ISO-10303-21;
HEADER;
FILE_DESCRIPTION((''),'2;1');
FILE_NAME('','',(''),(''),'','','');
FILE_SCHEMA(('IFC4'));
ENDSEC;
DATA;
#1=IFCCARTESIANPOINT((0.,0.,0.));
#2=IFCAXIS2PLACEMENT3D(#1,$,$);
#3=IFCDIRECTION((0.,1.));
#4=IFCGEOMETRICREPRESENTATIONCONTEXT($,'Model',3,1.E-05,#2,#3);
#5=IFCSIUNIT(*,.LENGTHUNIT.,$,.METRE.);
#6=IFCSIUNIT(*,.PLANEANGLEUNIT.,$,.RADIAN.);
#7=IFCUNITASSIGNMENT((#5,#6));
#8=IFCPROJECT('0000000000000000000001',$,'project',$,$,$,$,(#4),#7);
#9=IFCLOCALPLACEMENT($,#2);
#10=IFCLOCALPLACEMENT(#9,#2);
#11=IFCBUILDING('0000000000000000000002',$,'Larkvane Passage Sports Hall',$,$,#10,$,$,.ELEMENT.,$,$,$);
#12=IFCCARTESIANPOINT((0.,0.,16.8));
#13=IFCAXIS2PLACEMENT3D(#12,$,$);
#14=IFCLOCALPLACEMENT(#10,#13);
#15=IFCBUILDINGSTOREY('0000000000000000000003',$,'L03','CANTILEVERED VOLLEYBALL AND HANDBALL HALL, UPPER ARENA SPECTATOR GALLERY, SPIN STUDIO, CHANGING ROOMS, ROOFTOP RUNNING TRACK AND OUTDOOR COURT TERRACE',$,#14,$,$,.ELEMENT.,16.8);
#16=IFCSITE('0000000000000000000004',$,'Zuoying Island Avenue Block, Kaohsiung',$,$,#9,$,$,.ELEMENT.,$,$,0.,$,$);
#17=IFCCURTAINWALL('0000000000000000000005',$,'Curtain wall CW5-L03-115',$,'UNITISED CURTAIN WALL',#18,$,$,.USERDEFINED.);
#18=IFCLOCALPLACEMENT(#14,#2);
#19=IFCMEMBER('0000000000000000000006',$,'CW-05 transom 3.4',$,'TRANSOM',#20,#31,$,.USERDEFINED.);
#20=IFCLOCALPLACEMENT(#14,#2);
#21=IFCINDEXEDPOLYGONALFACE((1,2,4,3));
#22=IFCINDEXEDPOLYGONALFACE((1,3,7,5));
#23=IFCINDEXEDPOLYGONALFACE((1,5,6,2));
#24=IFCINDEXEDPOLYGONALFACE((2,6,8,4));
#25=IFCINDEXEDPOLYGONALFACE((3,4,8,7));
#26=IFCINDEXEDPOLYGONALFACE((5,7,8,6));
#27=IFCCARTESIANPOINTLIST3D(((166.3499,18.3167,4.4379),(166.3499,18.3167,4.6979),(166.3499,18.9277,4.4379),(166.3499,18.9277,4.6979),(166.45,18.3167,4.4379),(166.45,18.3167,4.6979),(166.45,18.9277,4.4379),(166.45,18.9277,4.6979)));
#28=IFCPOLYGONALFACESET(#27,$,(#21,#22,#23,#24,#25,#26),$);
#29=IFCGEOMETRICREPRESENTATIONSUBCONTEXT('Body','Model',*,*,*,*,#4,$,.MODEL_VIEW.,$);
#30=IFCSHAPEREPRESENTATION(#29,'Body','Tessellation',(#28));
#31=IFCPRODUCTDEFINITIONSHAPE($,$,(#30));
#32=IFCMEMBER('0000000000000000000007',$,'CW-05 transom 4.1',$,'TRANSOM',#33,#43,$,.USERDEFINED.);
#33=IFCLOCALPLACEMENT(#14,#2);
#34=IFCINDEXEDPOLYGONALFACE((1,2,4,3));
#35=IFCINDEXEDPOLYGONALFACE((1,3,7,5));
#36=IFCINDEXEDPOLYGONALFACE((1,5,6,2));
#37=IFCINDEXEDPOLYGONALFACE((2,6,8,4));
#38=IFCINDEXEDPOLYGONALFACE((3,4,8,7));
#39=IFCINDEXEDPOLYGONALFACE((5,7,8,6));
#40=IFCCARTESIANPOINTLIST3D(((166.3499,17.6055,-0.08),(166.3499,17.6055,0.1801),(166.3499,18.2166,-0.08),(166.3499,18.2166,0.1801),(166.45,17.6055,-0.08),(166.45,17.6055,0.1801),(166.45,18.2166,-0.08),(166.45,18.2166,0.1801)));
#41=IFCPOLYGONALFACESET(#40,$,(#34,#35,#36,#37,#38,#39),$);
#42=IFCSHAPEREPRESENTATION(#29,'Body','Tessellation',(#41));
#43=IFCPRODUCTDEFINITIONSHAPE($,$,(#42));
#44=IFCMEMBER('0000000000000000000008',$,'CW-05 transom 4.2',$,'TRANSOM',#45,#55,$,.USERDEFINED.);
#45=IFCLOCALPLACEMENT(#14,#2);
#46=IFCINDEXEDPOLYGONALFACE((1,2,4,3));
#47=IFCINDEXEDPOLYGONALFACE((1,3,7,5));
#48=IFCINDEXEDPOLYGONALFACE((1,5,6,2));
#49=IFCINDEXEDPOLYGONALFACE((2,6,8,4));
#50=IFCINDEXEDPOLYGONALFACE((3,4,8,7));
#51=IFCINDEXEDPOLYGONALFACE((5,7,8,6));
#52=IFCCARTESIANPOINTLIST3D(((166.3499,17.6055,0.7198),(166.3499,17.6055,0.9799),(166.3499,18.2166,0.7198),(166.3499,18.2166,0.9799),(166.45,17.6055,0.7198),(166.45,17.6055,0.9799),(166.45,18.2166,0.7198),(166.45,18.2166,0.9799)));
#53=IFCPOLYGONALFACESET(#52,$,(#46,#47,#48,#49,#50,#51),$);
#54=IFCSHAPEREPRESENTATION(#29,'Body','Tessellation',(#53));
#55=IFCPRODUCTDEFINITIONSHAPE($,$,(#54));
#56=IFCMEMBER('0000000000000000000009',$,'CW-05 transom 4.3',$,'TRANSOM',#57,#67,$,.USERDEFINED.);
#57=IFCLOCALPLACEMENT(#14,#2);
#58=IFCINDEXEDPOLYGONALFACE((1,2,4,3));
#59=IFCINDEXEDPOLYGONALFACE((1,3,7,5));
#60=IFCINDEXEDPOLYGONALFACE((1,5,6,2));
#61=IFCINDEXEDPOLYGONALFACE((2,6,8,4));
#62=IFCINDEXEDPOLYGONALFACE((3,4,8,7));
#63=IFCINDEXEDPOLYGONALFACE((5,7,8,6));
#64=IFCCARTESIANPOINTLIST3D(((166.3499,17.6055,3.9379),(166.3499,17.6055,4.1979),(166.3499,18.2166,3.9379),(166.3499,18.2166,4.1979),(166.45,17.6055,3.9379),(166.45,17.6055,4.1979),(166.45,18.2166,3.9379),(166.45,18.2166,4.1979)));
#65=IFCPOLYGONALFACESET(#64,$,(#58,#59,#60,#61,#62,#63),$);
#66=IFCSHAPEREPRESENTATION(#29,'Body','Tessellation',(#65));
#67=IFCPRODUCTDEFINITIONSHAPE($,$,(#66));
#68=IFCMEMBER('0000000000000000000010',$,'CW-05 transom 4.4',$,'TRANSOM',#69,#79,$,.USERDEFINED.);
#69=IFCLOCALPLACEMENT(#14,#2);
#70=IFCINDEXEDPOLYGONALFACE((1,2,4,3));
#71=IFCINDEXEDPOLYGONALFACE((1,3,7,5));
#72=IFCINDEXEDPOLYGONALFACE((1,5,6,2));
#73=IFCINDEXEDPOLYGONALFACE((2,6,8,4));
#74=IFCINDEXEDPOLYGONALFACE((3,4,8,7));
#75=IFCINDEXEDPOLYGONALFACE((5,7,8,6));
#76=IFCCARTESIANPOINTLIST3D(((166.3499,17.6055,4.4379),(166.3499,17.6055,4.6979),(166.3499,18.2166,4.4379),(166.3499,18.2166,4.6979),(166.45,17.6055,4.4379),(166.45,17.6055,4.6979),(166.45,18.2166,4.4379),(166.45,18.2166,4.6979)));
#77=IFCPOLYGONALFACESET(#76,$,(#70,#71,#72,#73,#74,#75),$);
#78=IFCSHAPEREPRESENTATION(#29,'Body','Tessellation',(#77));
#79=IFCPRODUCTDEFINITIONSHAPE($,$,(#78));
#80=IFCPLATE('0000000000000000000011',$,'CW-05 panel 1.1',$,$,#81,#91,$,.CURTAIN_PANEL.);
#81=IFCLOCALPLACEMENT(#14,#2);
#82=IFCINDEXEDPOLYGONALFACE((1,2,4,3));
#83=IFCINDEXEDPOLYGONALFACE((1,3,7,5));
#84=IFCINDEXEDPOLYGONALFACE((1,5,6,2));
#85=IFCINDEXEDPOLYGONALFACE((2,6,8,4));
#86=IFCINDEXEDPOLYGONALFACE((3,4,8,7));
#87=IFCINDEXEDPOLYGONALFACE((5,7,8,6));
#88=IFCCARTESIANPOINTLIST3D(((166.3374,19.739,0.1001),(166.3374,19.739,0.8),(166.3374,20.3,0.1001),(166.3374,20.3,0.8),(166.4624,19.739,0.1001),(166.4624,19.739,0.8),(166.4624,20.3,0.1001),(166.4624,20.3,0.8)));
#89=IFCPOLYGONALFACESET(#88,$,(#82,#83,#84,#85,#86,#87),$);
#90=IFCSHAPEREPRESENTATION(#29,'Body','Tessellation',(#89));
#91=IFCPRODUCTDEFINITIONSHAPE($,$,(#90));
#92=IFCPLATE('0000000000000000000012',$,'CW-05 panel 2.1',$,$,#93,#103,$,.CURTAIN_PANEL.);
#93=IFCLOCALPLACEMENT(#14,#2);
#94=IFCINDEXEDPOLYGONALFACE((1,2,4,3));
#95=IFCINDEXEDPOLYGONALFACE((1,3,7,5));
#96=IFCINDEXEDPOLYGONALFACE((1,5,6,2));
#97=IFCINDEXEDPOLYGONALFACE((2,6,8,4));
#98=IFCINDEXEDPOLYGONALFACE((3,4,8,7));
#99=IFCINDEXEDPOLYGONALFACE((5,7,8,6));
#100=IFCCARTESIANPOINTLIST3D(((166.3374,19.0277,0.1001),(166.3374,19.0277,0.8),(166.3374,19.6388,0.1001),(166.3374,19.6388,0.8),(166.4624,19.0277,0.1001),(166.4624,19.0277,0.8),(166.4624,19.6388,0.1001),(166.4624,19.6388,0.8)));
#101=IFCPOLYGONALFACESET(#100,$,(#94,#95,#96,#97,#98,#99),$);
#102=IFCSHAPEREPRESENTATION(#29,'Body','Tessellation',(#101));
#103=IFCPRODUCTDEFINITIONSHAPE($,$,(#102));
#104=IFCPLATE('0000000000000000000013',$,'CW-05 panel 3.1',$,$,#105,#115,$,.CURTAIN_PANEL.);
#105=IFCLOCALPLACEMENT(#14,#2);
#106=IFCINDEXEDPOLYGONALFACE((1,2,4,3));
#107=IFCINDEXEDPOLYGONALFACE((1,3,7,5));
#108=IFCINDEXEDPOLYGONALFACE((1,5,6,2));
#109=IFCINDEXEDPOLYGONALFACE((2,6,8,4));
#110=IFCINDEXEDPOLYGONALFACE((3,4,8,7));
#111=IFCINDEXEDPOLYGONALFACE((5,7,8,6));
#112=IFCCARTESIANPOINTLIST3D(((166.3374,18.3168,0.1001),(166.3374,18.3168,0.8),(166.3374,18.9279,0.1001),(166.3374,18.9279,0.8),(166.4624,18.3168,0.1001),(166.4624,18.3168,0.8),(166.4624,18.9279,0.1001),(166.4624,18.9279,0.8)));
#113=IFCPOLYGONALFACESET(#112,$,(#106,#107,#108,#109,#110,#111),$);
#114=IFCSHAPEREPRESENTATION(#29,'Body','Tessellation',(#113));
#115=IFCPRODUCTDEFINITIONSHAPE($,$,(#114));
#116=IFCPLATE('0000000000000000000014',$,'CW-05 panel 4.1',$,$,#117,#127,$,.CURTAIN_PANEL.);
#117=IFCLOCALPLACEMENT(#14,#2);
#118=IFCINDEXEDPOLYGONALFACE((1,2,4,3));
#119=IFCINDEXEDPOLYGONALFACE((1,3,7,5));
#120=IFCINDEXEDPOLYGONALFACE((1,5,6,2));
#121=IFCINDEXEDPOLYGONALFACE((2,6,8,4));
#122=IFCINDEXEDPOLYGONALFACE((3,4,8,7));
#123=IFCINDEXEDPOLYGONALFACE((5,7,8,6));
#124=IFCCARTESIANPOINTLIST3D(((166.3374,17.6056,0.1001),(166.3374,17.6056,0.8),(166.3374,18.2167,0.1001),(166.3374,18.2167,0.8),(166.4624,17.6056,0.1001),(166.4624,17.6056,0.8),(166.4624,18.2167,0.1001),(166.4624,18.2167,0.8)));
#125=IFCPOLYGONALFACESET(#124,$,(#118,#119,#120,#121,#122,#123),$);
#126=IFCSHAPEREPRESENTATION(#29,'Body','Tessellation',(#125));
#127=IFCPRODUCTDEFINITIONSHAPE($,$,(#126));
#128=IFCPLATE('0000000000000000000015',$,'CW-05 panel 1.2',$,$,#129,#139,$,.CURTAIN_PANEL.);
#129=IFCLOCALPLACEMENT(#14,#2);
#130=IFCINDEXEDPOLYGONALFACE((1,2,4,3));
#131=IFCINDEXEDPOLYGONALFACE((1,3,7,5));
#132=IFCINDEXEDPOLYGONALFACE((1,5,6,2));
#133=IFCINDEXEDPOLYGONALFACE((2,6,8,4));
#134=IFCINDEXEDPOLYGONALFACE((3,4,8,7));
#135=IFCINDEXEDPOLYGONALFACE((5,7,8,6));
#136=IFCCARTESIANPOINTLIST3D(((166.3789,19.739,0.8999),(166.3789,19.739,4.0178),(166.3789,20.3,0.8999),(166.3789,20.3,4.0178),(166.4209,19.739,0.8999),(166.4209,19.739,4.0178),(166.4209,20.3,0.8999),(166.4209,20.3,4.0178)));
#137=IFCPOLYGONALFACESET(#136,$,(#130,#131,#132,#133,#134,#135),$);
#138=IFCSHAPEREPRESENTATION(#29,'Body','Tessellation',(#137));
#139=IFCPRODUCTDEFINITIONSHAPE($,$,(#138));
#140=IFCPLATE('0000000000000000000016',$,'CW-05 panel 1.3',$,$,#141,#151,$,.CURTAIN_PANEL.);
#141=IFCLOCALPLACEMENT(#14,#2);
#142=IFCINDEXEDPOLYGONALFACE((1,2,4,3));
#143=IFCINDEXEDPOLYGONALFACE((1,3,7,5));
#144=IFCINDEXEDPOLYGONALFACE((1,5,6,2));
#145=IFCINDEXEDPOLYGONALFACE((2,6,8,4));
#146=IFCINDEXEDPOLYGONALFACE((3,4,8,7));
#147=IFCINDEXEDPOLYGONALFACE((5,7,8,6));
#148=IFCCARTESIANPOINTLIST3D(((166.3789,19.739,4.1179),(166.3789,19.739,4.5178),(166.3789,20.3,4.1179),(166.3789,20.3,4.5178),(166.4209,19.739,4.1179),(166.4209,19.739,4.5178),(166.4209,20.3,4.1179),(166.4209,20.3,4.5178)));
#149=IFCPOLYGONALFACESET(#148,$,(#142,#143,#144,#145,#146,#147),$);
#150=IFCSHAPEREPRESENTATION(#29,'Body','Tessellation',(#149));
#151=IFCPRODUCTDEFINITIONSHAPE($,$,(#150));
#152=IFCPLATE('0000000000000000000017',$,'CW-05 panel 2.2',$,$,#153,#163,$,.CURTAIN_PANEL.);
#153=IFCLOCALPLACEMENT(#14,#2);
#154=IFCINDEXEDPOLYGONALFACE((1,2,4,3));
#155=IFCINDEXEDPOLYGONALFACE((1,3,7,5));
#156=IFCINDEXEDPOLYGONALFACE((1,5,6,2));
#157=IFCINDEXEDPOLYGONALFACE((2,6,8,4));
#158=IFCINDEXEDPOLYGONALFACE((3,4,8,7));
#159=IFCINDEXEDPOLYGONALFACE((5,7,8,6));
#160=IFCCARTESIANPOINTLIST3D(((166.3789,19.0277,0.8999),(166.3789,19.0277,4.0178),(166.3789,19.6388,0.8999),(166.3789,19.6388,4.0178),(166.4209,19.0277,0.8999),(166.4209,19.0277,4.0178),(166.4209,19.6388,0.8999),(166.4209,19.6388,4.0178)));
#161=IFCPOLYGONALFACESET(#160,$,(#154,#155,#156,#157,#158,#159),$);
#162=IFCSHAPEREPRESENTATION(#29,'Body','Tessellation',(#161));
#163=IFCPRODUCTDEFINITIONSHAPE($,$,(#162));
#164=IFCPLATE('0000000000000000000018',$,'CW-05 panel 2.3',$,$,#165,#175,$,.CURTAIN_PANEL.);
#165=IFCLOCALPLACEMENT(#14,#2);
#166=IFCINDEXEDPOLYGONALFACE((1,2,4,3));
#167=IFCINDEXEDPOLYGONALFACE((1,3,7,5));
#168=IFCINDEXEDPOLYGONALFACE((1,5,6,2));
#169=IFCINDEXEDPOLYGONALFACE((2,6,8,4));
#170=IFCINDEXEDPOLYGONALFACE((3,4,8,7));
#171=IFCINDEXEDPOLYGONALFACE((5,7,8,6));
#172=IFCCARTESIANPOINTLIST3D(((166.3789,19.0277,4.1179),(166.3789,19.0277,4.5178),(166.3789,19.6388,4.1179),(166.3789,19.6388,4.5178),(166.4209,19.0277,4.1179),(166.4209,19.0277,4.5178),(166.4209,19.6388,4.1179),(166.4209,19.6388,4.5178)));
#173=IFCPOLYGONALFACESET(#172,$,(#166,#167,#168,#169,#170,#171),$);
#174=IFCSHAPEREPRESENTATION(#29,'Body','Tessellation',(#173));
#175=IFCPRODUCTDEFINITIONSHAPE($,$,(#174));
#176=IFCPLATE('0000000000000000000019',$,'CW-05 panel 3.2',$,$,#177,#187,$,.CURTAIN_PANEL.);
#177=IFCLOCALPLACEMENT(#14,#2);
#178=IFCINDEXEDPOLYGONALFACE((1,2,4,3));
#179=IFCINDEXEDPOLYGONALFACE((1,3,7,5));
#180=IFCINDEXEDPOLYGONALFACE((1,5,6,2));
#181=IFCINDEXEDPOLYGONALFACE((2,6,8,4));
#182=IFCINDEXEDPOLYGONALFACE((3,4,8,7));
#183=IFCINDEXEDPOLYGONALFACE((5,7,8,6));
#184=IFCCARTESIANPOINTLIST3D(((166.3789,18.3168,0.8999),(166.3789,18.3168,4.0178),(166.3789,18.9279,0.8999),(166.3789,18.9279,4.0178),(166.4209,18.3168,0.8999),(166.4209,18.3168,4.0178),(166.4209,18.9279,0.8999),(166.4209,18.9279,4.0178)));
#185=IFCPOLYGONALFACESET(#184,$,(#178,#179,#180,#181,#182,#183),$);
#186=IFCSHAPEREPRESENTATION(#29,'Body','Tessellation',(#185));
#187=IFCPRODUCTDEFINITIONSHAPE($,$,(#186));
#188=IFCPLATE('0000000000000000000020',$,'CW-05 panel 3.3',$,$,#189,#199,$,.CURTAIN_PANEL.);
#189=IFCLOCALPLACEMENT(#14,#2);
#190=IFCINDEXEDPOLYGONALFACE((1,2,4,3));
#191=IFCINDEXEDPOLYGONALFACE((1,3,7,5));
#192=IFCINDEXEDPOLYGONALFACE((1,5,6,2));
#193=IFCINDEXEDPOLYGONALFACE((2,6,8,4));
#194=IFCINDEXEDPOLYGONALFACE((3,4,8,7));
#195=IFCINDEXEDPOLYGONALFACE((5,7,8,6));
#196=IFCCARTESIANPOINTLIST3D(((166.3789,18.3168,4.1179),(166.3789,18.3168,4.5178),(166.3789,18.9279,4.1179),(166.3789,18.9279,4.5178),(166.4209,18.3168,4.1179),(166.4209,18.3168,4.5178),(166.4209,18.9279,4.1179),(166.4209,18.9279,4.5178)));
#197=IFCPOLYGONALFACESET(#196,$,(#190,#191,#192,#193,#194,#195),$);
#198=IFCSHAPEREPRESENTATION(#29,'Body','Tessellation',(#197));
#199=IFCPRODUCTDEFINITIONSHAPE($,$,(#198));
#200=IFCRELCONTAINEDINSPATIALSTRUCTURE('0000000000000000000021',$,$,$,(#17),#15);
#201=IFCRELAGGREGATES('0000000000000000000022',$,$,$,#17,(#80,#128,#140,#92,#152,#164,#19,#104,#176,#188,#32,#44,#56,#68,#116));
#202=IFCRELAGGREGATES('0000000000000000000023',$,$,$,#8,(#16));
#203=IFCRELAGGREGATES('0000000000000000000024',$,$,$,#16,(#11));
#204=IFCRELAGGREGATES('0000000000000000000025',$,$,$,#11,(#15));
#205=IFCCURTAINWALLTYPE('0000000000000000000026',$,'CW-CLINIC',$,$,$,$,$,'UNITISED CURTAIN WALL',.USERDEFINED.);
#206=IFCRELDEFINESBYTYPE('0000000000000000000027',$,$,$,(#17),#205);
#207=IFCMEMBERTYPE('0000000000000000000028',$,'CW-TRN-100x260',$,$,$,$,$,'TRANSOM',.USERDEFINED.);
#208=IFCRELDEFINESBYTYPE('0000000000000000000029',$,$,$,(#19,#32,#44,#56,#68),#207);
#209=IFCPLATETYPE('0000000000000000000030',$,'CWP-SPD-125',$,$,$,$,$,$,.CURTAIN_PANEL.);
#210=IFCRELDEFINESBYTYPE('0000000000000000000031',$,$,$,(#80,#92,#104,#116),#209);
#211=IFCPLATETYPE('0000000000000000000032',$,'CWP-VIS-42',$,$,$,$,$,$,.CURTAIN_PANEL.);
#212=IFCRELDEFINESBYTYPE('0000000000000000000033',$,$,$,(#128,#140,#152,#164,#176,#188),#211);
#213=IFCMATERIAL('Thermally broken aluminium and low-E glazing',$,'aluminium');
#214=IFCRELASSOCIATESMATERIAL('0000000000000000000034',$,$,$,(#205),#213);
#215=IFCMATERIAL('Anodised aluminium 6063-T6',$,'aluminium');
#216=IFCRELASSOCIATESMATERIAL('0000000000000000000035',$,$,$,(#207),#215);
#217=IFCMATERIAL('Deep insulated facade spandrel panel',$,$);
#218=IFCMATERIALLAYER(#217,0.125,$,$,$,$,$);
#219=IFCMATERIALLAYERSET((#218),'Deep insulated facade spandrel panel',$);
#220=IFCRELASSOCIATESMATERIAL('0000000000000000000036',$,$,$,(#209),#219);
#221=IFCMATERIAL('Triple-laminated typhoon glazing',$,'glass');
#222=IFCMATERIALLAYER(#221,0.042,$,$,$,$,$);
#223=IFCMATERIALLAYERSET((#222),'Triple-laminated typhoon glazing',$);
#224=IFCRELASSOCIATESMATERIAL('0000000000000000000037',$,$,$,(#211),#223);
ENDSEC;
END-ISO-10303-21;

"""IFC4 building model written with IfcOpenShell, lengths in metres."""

from ifc_helpers import new_model, si_unit, direction, frame, origin, origin_2d, place, context, subcontext, project, spatial, rectangle, extrude, material, layer, layer_set, material_profile, profile_set, type_object, element, aggregate, save


model = new_model("IFC4")

# Units and contexts
model_context = context("Model", 3, precision=1e-05, world=origin(), true_north=direction((0.0, 1.0)))
body_context = subcontext(model_context, "Body", "Model", "MODEL_VIEW")
ifc_project = project(units=[si_unit("LENGTHUNIT", "METRE"), si_unit("PLANEANGLEUNIT", "RADIAN")], contexts=[model_context])

# Site, building, storey
site_placement = place(None, origin())
site = spatial("IfcSite", under=ifc_project, at=site_placement, Name="Zuoying Island Avenue Block, Kaohsiung", CompositionType="ELEMENT", RefElevation=0.0)
building_placement = place(site_placement, origin())
building = spatial("IfcBuilding", under=site, at=building_placement, Name="Larkvane Passage Sports Hall", CompositionType="ELEMENT")
storey_placement = place(building_placement, frame((0.0, 0.0, 16.8)))
storey = spatial("IfcBuildingStorey", under=building, at=storey_placement, Name="L03", Description="CANTILEVERED VOLLEYBALL AND HANDBALL HALL, UPPER ARENA SPECTATOR GALLERY, SPIN STUDIO, CHANGING ROOMS, ROOFTOP RUNNING TRACK AND OUTDOOR COURT TERRACE", CompositionType="ELEMENT", Elevation=16.8)

# Curtain wall, members, plates
ifc_material_1 = material(Name="Thermally broken aluminium and low-E glazing", Category="aluminium")
curtain_wall_type = type_object("IfcCurtainWallType", Name="CW-CLINIC", ElementType="UNITISED CURTAIN WALL", PredefinedType="USERDEFINED", material=ifc_material_1)
curtain_wall_placement = place(storey_placement, origin())
curtain_wall = element("IfcCurtainWall", 1, at=curtain_wall_placement, inside=storey, type_object=curtain_wall_type, Name="Curtain wall CW5-L03-115", ObjectType="UNITISED CURTAIN WALL", PredefinedType="USERDEFINED")
ifc_material_2 = material(Name="Anodised aluminium 6063-T6", Category="aluminium")
ifc_material_profile_1 = material_profile(ifc_material_2, rectangle(XDim=0.1001, YDim=0.26, at=origin_2d()), Name="ALU-TRN-100x260")
ifc_profile_set_1 = profile_set([ifc_material_profile_1], Name="Anodised aluminium 6063-T6")
member_type_1 = type_object("IfcMemberType", Name="CW-TRN-100x260", ElementType="TRANSOM", PredefinedType="USERDEFINED", material=ifc_profile_set_1)
member_1_placement = place(storey_placement, frame((166.3999, 18.9277, 4.5679), z_axis=(0.0, -1.0, 0.0), x_axis=(1.0, 0.0, 0.0)))
member_1 = element("IfcMember", 2, at=member_1_placement, type_object=member_type_1, Name="CW-05 transom 3.4", ObjectType="TRANSOM", PredefinedType="USERDEFINED", context=body_context, shape_type="SweptSolid", body=[
    extrude(rectangle(XDim=0.1001, YDim=0.26, at=origin_2d()), origin(), (0.0, 0.0, 1.0), 0.6111),
])
member_2_placement = place(storey_placement, frame((166.3999, 18.2166, 0.05), z_axis=(0.0, -1.0, 0.0), x_axis=(1.0, 0.0, 0.0)))
member_2 = element("IfcMember", 3, at=member_2_placement, type_object=member_type_1, Name="CW-05 transom 4.1", ObjectType="TRANSOM", PredefinedType="USERDEFINED", context=body_context, shape_type="SweptSolid", body=[
    extrude(rectangle(XDim=0.1001, YDim=0.26, at=origin_2d()), origin(), (0.0, 0.0, 1.0), 0.6111),
])
member_3_placement = place(storey_placement, frame((166.3999, 18.2166, 0.8499), z_axis=(0.0, -1.0, 0.0), x_axis=(1.0, 0.0, 0.0)))
member_3 = element("IfcMember", 4, at=member_3_placement, type_object=member_type_1, Name="CW-05 transom 4.2", ObjectType="TRANSOM", PredefinedType="USERDEFINED", context=body_context, shape_type="SweptSolid", body=[
    extrude(rectangle(XDim=0.1001, YDim=0.26, at=origin_2d()), origin(), (0.0, 0.0, 1.0), 0.6111),
])
member_4_placement = place(storey_placement, frame((166.3999, 18.2166, 4.0679), z_axis=(0.0, -1.0, 0.0), x_axis=(1.0, 0.0, 0.0)))
member_4 = element("IfcMember", 5, at=member_4_placement, type_object=member_type_1, Name="CW-05 transom 4.3", ObjectType="TRANSOM", PredefinedType="USERDEFINED", context=body_context, shape_type="SweptSolid", body=[
    extrude(rectangle(XDim=0.1001, YDim=0.26, at=origin_2d()), origin(), (0.0, 0.0, 1.0), 0.6111),
])
member_5_placement = place(storey_placement, frame((166.3999, 18.2166, 4.5679), z_axis=(0.0, -1.0, 0.0), x_axis=(1.0, 0.0, 0.0)))
member_5 = element("IfcMember", 6, at=member_5_placement, type_object=member_type_1, Name="CW-05 transom 4.4", ObjectType="TRANSOM", PredefinedType="USERDEFINED", context=body_context, shape_type="SweptSolid", body=[
    extrude(rectangle(XDim=0.1001, YDim=0.26, at=origin_2d()), origin(), (0.0, 0.0, 1.0), 0.6111),
])
ifc_material_3 = material(Name="Deep insulated facade spandrel panel")
ifc_layer_1 = layer(ifc_material_3, 0.125)
ifc_layer_set_1 = layer_set([ifc_layer_1], Name="Deep insulated facade spandrel panel")
plate_type_1 = type_object("IfcPlateType", Name="CWP-SPD-125", PredefinedType="CURTAIN_PANEL", material=ifc_layer_set_1)
plate_1_placement = place(storey_placement, frame((166.3999, 20.0195, 0.1001), z_axis=(0.0, 0.0, 1.0), x_axis=(0.0, -1.0, 0.0)))
plate_1 = element("IfcPlate", 7, at=plate_1_placement, type_object=plate_type_1, Name="CW-05 panel 1.1", PredefinedType="CURTAIN_PANEL", context=body_context, shape_type="SweptSolid", body=[
    extrude(rectangle(XDim=0.561, YDim=0.125, at=origin_2d()), origin(), (0.0, 0.0, 1.0), 0.7),
])
plate_2_placement = place(storey_placement, frame((166.3999, 19.3333, 0.1001), z_axis=(0.0, 0.0, 1.0), x_axis=(0.0, -1.0, 0.0)))
plate_2 = element("IfcPlate", 8, at=plate_2_placement, type_object=plate_type_1, Name="CW-05 panel 2.1", PredefinedType="CURTAIN_PANEL", context=body_context, shape_type="SweptSolid", body=[
    extrude(rectangle(XDim=0.6111, YDim=0.125, at=origin_2d()), origin(), (0.0, 0.0, 1.0), 0.7),
])
plate_3_placement = place(storey_placement, frame((166.3999, 18.6223, 0.1001), z_axis=(0.0, 0.0, 1.0), x_axis=(0.0, -1.0, 0.0)))
plate_3 = element("IfcPlate", 9, at=plate_3_placement, type_object=plate_type_1, Name="CW-05 panel 3.1", PredefinedType="CURTAIN_PANEL", context=body_context, shape_type="SweptSolid", body=[
    extrude(rectangle(XDim=0.6111, YDim=0.125, at=origin_2d()), origin(), (0.0, 0.0, 1.0), 0.7),
])
plate_4_placement = place(storey_placement, frame((166.3999, 17.9111, 0.1001), z_axis=(0.0, 0.0, 1.0), x_axis=(0.0, -1.0, 0.0)))
plate_4 = element("IfcPlate", 10, at=plate_4_placement, type_object=plate_type_1, Name="CW-05 panel 4.1", PredefinedType="CURTAIN_PANEL", context=body_context, shape_type="SweptSolid", body=[
    extrude(rectangle(XDim=0.6111, YDim=0.125, at=origin_2d()), origin(), (0.0, 0.0, 1.0), 0.7),
])
ifc_material_4 = material(Name="Triple-laminated typhoon glazing", Category="glass")
ifc_layer_2 = layer(ifc_material_4, 0.042)
ifc_layer_set_2 = layer_set([ifc_layer_2], Name="Triple-laminated typhoon glazing")
plate_type_2 = type_object("IfcPlateType", Name="CWP-VIS-42", PredefinedType="CURTAIN_PANEL", material=ifc_layer_set_2)
plate_5_placement = place(storey_placement, frame((166.3999, 20.0195, 0.8999), z_axis=(0.0, 0.0, 1.0), x_axis=(0.0, -1.0, 0.0)))
plate_5 = element("IfcPlate", 11, at=plate_5_placement, type_object=plate_type_2, Name="CW-05 panel 1.2", PredefinedType="CURTAIN_PANEL", context=body_context, shape_type="SweptSolid", body=[
    extrude(rectangle(XDim=0.561, YDim=0.042, at=origin_2d()), origin(), (0.0, 0.0, 1.0), 3.1179),
])
plate_6_placement = place(storey_placement, frame((166.3999, 20.0195, 4.1179), z_axis=(0.0, 0.0, 1.0), x_axis=(0.0, -1.0, 0.0)))
plate_6 = element("IfcPlate", 12, at=plate_6_placement, type_object=plate_type_2, Name="CW-05 panel 1.3", PredefinedType="CURTAIN_PANEL", context=body_context, shape_type="SweptSolid", body=[
    extrude(rectangle(XDim=0.561, YDim=0.042, at=origin_2d()), origin(), (0.0, 0.0, 1.0), 0.3999),
])
plate_7_placement = place(storey_placement, frame((166.3999, 19.3333, 0.8999), z_axis=(0.0, 0.0, 1.0), x_axis=(0.0, -1.0, 0.0)))
plate_7 = element("IfcPlate", 13, at=plate_7_placement, type_object=plate_type_2, Name="CW-05 panel 2.2", PredefinedType="CURTAIN_PANEL", context=body_context, shape_type="SweptSolid", body=[
    extrude(rectangle(XDim=0.6111, YDim=0.042, at=origin_2d()), origin(), (0.0, 0.0, 1.0), 3.1179),
])
plate_8_placement = place(storey_placement, frame((166.3999, 19.3333, 4.1179), z_axis=(0.0, 0.0, 1.0), x_axis=(0.0, -1.0, 0.0)))
plate_8 = element("IfcPlate", 14, at=plate_8_placement, type_object=plate_type_2, Name="CW-05 panel 2.3", PredefinedType="CURTAIN_PANEL", context=body_context, shape_type="SweptSolid", body=[
    extrude(rectangle(XDim=0.6111, YDim=0.042, at=origin_2d()), origin(), (0.0, 0.0, 1.0), 0.3999),
])
plate_9_placement = place(storey_placement, frame((166.3999, 18.6223, 0.8999), z_axis=(0.0, 0.0, 1.0), x_axis=(0.0, -1.0, 0.0)))
plate_9 = element("IfcPlate", 15, at=plate_9_placement, type_object=plate_type_2, Name="CW-05 panel 3.2", PredefinedType="CURTAIN_PANEL", context=body_context, shape_type="SweptSolid", body=[
    extrude(rectangle(XDim=0.6111, YDim=0.042, at=origin_2d()), origin(), (0.0, 0.0, 1.0), 3.1179),
])
plate_10_placement = place(storey_placement, frame((166.3999, 18.6223, 4.1179), z_axis=(0.0, 0.0, 1.0), x_axis=(0.0, -1.0, 0.0)))
plate_10 = element("IfcPlate", 16, at=plate_10_placement, type_object=plate_type_2, Name="CW-05 panel 3.3", PredefinedType="CURTAIN_PANEL", context=body_context, shape_type="SweptSolid", body=[
    extrude(rectangle(XDim=0.6111, YDim=0.042, at=origin_2d()), origin(), (0.0, 0.0, 1.0), 0.3999),
])
aggregate(curtain_wall, [plate_1, plate_5, plate_6, plate_2, plate_7, plate_8, member_1, plate_3, plate_9, plate_10, member_2, member_3, member_4, member_5, plate_4])

save(model, "model.ifc")
